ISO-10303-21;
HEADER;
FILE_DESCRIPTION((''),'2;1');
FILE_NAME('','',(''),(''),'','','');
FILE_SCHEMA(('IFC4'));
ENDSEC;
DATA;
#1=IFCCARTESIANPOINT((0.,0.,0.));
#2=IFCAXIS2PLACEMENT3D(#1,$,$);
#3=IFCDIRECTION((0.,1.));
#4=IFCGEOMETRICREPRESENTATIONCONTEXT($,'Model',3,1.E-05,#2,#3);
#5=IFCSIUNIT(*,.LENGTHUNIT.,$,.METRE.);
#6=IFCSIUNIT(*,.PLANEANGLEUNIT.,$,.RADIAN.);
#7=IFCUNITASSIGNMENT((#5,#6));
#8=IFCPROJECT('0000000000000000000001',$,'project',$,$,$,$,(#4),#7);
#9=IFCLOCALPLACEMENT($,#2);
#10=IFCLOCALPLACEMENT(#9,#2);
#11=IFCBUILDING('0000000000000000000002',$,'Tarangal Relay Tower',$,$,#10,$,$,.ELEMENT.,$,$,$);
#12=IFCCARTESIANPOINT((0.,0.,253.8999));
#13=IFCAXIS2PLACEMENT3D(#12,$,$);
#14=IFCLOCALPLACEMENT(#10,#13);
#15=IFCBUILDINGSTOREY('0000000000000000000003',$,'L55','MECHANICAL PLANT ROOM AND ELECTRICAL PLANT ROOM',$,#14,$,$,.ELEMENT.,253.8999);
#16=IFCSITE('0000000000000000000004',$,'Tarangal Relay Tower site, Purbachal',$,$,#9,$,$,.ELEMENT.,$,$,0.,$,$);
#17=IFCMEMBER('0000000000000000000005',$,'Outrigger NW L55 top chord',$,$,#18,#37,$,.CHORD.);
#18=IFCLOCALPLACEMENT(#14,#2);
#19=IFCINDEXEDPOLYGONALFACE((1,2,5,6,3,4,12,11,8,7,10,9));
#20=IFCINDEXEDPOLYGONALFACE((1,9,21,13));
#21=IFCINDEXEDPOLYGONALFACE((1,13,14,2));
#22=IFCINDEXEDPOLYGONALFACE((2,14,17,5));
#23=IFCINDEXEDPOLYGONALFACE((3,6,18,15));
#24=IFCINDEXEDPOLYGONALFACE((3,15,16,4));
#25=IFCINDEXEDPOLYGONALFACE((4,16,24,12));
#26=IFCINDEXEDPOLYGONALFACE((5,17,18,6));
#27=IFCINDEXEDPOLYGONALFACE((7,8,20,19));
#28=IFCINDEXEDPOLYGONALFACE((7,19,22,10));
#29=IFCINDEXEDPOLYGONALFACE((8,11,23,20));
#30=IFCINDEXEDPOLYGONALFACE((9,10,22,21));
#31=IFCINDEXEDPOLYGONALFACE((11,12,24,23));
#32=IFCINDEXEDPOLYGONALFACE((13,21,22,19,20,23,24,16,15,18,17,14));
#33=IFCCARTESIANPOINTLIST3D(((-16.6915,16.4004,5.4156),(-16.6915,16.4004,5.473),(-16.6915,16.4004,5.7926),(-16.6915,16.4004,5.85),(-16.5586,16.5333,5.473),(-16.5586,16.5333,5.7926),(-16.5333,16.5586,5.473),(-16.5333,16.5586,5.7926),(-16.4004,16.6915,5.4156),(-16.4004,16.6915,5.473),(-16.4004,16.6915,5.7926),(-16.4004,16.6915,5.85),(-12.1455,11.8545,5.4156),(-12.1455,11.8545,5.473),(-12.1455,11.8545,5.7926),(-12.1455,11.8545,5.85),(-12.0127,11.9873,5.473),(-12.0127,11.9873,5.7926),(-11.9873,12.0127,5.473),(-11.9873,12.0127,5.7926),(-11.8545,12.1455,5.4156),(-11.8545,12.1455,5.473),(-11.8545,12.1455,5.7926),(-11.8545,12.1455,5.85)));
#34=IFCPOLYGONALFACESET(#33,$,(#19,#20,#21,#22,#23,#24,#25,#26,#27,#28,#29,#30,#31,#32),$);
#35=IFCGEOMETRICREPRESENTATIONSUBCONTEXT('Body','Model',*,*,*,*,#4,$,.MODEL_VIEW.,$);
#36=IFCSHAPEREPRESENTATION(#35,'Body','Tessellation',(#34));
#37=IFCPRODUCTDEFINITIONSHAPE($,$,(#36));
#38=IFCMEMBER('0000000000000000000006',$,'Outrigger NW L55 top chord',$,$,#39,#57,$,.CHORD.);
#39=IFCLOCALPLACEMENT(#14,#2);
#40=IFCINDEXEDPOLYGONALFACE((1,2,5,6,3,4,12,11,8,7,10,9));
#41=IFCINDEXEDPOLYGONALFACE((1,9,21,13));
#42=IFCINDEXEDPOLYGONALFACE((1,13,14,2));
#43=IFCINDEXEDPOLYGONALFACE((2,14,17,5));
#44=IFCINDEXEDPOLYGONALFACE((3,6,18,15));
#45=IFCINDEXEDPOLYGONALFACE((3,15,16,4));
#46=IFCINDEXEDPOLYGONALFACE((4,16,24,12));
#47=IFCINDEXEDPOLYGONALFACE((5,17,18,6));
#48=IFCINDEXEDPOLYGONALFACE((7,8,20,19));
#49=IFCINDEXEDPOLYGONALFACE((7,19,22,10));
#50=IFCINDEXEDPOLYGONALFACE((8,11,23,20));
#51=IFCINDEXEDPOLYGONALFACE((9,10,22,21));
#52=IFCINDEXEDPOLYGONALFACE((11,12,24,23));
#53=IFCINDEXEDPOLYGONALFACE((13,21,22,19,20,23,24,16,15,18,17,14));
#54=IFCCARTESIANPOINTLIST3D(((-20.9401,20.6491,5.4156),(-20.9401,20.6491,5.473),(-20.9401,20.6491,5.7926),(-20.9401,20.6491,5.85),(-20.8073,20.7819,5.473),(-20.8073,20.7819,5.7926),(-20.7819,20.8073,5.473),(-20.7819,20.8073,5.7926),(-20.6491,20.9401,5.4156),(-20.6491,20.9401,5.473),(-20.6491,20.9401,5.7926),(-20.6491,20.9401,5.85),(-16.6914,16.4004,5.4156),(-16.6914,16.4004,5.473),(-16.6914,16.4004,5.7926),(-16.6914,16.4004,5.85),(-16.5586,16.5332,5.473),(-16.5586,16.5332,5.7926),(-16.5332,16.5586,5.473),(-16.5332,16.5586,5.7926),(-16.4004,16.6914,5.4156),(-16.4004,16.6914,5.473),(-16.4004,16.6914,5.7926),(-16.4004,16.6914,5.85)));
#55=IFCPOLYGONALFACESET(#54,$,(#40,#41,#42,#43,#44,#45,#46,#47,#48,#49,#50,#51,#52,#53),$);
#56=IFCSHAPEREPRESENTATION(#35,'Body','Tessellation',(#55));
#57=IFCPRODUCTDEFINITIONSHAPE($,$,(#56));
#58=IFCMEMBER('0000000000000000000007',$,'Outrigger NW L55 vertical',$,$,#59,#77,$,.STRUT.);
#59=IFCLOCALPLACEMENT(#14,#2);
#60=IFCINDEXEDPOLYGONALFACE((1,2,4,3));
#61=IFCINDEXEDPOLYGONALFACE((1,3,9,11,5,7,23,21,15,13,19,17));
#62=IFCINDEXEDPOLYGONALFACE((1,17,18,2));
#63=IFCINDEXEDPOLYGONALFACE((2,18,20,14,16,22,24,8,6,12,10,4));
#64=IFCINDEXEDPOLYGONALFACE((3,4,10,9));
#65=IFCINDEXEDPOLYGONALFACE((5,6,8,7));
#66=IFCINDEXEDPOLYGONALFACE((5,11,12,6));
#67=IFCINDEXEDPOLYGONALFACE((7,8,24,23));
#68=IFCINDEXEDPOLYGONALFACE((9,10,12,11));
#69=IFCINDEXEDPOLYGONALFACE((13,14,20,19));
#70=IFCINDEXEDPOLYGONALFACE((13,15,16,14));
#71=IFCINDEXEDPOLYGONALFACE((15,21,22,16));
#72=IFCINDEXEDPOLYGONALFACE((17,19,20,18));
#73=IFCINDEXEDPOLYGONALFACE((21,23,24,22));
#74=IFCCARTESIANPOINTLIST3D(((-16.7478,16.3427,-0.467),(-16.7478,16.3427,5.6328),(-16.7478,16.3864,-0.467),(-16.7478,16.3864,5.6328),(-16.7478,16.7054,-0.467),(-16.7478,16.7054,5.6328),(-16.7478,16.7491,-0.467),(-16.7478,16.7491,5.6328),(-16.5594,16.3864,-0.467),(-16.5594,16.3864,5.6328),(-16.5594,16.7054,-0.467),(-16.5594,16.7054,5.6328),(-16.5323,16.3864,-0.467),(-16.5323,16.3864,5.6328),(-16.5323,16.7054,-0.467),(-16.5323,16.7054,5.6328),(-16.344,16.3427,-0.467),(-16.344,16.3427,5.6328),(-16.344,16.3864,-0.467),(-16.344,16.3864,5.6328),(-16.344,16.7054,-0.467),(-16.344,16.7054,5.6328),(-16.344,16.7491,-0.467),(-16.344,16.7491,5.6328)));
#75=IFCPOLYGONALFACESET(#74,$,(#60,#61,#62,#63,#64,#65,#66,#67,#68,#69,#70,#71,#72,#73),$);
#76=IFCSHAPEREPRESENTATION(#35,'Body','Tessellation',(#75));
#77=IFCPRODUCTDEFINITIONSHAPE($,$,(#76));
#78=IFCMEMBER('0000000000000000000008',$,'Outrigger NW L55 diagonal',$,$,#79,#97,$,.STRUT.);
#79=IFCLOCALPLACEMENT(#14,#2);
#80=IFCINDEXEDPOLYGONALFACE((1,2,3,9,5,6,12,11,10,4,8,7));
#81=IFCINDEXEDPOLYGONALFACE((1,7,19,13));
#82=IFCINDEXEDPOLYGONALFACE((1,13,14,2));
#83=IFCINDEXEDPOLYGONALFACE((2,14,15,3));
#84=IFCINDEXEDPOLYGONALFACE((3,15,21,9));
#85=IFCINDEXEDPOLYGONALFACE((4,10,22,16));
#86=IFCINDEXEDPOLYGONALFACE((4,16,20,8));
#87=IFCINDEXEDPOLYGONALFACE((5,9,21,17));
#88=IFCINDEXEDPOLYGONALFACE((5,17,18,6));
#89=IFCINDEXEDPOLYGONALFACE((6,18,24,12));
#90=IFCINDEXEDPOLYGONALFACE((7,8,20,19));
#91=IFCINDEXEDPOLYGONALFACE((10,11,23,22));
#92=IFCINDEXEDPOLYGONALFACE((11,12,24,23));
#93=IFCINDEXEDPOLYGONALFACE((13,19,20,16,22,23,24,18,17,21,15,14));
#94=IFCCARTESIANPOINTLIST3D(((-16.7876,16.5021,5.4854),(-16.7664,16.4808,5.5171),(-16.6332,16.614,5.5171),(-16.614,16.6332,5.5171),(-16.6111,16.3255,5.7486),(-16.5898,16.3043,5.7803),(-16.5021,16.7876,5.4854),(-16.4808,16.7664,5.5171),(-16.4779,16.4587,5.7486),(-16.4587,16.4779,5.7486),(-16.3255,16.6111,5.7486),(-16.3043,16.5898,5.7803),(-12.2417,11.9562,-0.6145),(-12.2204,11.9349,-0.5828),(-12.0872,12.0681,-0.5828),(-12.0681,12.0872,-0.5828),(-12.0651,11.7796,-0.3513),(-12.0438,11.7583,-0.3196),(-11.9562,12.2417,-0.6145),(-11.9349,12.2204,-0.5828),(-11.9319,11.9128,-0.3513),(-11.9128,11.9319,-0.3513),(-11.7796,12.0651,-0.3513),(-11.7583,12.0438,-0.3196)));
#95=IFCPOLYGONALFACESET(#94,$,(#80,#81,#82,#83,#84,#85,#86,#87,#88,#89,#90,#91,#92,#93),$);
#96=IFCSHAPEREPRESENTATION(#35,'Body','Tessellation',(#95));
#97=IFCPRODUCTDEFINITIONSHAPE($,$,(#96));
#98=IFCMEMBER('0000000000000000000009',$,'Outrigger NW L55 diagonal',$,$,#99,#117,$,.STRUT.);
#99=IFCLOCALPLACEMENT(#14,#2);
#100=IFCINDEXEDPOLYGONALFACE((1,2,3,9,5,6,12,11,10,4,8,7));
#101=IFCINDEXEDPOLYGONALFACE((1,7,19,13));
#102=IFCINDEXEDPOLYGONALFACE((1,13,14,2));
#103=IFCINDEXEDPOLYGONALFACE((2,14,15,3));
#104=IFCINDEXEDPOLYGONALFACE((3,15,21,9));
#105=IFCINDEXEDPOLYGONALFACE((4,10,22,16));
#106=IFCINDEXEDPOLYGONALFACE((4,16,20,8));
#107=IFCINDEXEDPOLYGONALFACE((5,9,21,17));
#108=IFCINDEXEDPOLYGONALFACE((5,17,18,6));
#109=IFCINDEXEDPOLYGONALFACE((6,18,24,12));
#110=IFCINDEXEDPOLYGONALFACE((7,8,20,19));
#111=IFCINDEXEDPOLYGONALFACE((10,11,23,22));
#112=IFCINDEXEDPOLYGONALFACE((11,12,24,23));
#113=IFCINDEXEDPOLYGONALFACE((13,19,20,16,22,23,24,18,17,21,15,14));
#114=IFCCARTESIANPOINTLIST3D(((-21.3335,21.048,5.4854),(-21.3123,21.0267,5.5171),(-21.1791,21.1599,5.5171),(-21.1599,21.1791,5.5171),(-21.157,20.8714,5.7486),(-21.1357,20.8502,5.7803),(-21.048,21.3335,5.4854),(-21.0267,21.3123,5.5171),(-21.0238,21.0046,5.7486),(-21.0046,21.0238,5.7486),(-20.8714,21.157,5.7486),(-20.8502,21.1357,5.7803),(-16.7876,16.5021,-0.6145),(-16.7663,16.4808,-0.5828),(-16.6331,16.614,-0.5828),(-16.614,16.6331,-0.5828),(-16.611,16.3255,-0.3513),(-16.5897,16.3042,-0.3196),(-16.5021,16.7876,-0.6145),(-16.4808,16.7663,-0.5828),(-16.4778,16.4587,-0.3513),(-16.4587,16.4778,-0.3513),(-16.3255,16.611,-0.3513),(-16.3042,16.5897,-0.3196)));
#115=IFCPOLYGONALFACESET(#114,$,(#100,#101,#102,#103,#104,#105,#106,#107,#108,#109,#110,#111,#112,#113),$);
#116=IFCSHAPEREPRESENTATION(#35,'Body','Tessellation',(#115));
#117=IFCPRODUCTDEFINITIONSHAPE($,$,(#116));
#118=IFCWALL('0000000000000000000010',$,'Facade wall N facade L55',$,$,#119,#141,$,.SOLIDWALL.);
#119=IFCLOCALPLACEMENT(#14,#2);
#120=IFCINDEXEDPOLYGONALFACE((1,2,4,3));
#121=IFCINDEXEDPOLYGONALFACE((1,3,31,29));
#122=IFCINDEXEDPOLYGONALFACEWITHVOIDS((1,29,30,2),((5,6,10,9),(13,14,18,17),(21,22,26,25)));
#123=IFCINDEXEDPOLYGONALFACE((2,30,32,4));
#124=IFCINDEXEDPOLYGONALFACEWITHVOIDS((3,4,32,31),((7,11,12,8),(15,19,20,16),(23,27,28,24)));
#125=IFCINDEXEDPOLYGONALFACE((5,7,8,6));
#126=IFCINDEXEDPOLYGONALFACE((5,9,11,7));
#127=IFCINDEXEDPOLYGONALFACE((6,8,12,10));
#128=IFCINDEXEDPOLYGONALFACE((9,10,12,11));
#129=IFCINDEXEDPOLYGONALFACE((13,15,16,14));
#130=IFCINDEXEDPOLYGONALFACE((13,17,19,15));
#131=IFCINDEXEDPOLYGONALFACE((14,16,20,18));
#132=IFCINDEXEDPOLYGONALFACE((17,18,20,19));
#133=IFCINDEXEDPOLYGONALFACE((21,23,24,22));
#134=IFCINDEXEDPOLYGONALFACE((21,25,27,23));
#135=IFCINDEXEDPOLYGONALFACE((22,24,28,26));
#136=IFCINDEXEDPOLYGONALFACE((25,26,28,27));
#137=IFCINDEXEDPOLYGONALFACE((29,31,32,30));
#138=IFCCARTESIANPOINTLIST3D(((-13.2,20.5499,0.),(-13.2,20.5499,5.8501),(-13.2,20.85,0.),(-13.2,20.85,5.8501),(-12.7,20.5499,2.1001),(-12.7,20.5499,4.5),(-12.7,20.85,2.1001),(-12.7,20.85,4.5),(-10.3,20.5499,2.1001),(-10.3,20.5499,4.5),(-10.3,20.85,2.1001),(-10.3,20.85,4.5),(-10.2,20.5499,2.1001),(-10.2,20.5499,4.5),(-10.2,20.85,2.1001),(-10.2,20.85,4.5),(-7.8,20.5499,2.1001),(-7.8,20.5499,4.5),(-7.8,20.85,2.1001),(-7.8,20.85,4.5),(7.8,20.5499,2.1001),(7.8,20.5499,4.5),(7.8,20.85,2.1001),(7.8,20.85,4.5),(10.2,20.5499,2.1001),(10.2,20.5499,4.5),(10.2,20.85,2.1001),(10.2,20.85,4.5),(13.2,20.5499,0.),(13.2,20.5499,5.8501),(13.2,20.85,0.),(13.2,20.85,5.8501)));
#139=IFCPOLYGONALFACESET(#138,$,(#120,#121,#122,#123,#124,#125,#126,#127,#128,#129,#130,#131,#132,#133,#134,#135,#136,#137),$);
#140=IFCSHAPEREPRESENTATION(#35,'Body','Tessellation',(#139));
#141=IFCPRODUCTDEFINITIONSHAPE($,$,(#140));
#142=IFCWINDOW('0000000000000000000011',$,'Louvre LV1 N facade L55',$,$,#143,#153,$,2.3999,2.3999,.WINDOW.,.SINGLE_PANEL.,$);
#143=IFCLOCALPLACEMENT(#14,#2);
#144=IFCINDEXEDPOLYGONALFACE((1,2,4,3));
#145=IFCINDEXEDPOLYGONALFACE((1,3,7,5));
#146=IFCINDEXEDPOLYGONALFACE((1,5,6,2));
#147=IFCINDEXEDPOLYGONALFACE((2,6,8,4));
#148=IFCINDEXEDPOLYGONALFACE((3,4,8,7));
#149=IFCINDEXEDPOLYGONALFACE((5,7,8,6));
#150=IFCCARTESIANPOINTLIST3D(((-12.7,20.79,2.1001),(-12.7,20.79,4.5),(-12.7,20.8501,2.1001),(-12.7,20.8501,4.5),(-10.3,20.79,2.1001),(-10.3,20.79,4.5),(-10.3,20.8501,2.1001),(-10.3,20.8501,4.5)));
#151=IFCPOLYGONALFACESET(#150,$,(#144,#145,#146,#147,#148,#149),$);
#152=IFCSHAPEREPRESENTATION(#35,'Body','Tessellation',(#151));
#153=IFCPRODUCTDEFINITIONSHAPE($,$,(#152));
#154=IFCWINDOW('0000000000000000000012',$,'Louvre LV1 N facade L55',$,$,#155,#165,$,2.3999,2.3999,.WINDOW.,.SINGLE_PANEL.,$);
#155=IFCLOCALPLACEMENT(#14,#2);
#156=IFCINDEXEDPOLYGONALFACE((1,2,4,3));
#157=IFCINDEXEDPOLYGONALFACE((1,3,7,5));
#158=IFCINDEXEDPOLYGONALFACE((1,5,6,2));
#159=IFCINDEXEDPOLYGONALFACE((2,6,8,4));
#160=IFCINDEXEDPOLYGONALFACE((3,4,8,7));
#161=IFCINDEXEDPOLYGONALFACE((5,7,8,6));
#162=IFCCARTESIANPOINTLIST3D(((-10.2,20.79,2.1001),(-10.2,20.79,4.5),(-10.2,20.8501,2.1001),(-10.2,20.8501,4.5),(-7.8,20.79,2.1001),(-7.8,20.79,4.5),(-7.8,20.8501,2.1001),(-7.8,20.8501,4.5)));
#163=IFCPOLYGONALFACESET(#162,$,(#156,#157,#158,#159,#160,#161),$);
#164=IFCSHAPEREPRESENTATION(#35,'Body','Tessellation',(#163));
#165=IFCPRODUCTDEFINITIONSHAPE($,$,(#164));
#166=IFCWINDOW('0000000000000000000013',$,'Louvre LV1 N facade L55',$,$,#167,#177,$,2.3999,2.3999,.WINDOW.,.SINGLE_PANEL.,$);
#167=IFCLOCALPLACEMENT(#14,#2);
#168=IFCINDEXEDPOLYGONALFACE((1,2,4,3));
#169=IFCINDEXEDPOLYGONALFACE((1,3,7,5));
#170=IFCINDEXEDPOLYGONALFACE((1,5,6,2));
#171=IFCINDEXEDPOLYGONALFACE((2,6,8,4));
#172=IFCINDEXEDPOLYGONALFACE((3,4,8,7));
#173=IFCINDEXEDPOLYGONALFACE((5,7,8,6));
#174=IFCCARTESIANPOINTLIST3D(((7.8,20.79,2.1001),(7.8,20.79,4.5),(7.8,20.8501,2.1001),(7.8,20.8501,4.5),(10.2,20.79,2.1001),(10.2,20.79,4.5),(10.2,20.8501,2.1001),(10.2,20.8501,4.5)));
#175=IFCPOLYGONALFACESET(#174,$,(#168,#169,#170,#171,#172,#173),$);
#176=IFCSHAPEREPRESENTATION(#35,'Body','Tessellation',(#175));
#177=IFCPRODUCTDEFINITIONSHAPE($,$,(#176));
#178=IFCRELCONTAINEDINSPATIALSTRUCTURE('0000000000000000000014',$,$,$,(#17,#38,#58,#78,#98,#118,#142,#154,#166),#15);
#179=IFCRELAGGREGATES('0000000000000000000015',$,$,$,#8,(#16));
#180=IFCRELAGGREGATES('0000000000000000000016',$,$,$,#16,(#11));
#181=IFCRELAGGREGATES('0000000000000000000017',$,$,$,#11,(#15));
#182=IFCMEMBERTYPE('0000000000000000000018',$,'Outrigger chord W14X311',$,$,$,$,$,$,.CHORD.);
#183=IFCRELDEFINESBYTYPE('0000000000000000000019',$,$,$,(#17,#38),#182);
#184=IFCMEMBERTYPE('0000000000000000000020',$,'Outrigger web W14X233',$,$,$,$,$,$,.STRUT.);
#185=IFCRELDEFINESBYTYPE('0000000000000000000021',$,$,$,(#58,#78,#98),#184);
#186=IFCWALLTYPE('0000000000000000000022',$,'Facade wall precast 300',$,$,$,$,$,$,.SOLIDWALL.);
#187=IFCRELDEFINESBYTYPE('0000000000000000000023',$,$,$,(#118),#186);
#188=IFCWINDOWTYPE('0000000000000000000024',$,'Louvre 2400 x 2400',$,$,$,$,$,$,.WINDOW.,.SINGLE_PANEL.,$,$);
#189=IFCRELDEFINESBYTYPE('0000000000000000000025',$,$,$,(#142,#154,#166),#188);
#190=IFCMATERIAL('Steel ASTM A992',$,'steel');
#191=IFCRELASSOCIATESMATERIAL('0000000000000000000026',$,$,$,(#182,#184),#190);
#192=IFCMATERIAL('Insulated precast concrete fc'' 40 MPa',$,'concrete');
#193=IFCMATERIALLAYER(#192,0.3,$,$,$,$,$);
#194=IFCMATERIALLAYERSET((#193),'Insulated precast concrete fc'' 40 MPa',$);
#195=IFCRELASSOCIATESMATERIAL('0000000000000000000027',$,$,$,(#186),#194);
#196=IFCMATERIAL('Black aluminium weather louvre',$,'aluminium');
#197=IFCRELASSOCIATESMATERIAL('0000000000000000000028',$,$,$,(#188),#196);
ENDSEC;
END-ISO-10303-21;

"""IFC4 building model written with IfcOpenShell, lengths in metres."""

from ifc_helpers import new_model, si_unit, direction, frame, frame_2d, origin, origin_2d, place, context, subcontext, project, spatial, rectangle, i_section, extrude, clip, halfspace, material, layer, layer_set, material_profile, profile_set, type_object, element, fill, save


model = new_model("IFC4")

# Units and contexts
model_context = context("Model", 3, precision=1e-05, world=origin(), true_north=direction((0.0, 1.0)))
body_context = subcontext(model_context, "Body", "Model", "MODEL_VIEW")
ifc_project = project(units=[si_unit("LENGTHUNIT", "METRE"), si_unit("PLANEANGLEUNIT", "RADIAN")], contexts=[model_context])

# Site, building, storey
site_placement = place(None, origin())
site = spatial("IfcSite", under=ifc_project, at=site_placement, Name="Tarangal Relay Tower site, Purbachal", CompositionType="ELEMENT", RefElevation=0.0)
building_placement = place(site_placement, origin())
building = spatial("IfcBuilding", under=site, at=building_placement, Name="Tarangal Relay Tower", CompositionType="ELEMENT")
storey_placement = place(building_placement, frame((0.0, 0.0, 253.8999)))
storey = spatial("IfcBuildingStorey", under=building, at=storey_placement, Name="L55", Description="MECHANICAL PLANT ROOM AND ELECTRICAL PLANT ROOM", CompositionType="ELEMENT", Elevation=253.8999)

# Shared definitions
ifc_material_1 = material(Name="Steel ASTM A992", Category="steel")

# Members
ifc_material_profile_1 = material_profile(ifc_material_1, i_section(OverallWidth=0.4116, OverallDepth=0.4343, WebThickness=0.0359, FlangeThickness=0.0574, at=origin_2d()), Name="W14X311")
ifc_profile_set_1 = profile_set([ifc_material_profile_1], Name="Steel ASTM A992")
member_type_1 = type_object("IfcMemberType", Name="Outrigger chord W14X311", PredefinedType="CHORD", material=ifc_profile_set_1)
member_1_placement = place(storey_placement, frame((-12.0, 12.0, 5.6328), z_axis=(-0.707107, 0.707107, 0.0), x_axis=(-0.707107, -0.707107, 0.0)))
element("IfcMember", 1, at=member_1_placement, inside=storey, type_object=member_type_1, Name="Outrigger NW L55 top chord", PredefinedType="CHORD", context=body_context, shape_type="SweptSolid", body=[
    extrude(i_section(OverallWidth=0.4116, OverallDepth=0.4343, WebThickness=0.0359, FlangeThickness=0.0574, at=origin_2d()), origin(), (0.0, 0.0, 1.0), 6.429),
])
member_2_placement = place(storey_placement, frame((-16.5459, 16.5459, 5.6328), z_axis=(-0.707107, 0.707107, 0.0), x_axis=(-0.707107, -0.707107, 0.0)))
element("IfcMember", 2, at=member_2_placement, inside=storey, type_object=member_type_1, Name="Outrigger NW L55 top chord", PredefinedType="CHORD", context=body_context, shape_type="Clipping", body=[
    clip(extrude(i_section(OverallWidth=0.4116, OverallDepth=0.4343, WebThickness=0.0359, FlangeThickness=0.0574, at=origin_2d()), origin(), (0.0, 0.0, 1.0), 6.429), halfspace(frame((0.0, 0.0, 6.0085)), False)),
])
ifc_material_profile_2 = material_profile(ifc_material_1, i_section(OverallWidth=0.4038, OverallDepth=0.4065, WebThickness=0.0271, FlangeThickness=0.0437, at=origin_2d()), Name="W14X233")
ifc_profile_set_2 = profile_set([ifc_material_profile_2], Name="Steel ASTM A992")
member_type_2 = type_object("IfcMemberType", Name="Outrigger web W14X233", PredefinedType="STRUT", material=ifc_profile_set_2)
member_3_placement = place(storey_placement, frame((-16.5459, 16.5459, -0.467), z_axis=(0.0, 0.0, 1.0), x_axis=(1.0, 0.0, 0.0)))
element("IfcMember", 3, at=member_3_placement, inside=storey, type_object=member_type_2, Name="Outrigger NW L55 vertical", PredefinedType="STRUT", context=body_context, shape_type="SweptSolid", body=[
    extrude(i_section(OverallWidth=0.4038, OverallDepth=0.4065, WebThickness=0.0271, FlangeThickness=0.0437, at=origin_2d()), origin(), (0.0, 0.0, 1.0), 6.0999),
])
for number, where, z_axis, x_axis, name in (
    (4, (-12.0, 12.0, -0.467), (-0.512954, 0.512954, 0.6883), (-0.707107, -0.707107, 0.0), "Outrigger NW L55 diagonal"),
    (5, (-16.5459, 16.5459, -0.467), (-0.512954, 0.512954, 0.6883), (-0.707107, -0.707107, 0.0), "Outrigger NW L55 diagonal"),
):
    element("IfcMember", number, at=place(storey_placement, frame(where, z_axis=z_axis, x_axis=x_axis)), inside=storey, type_object=member_type_2, Name=name, PredefinedType="STRUT", context=body_context, shape_type="SweptSolid", body=[
        extrude(i_section(OverallWidth=0.4038, OverallDepth=0.4065, WebThickness=0.0271, FlangeThickness=0.0437, at=origin_2d()), origin(), (0.0, 0.0, 1.0), 8.8623),
    ])

# Wall, openings, windows
ifc_material_2 = material(Name="Insulated precast concrete fc' 40 MPa", Category="concrete")
ifc_layer_1 = layer(ifc_material_2, 0.3)
ifc_layer_set_1 = layer_set([ifc_layer_1], Name="Insulated precast concrete fc' 40 MPa")
wall_type_1 = type_object("IfcWallType", Name="Facade wall precast 300", PredefinedType="SOLIDWALL", material=ifc_layer_set_1)
wall_1_placement = place(storey_placement, frame((-13.2, 20.7, 0.0), z_axis=(0.0, 0.0, 1.0), x_axis=(1.0, 0.0, 0.0)))
wall_1 = element("IfcWall", 6, at=wall_1_placement, inside=storey, type_object=wall_type_1, Name="Facade wall N facade L55", PredefinedType="SOLIDWALL", context=body_context, shape_type="SweptSolid", body=[
    extrude(rectangle(XDim=26.3999, YDim=0.3, at=frame_2d((13.2, 0.0))), origin(), (0.0, 0.0, 1.0), 5.8501),
])
opening_1_placement = place(wall_1_placement, frame((0.5, 0.0, 2.1001)))
opening_1 = element("IfcOpeningElement", 7, at=opening_1_placement, cuts=wall_1, PredefinedType="OPENING", context=body_context, shape_type="SweptSolid", body=[
    extrude(rectangle(XDim=2.3999, YDim=2.3999, at=frame_2d((1.2, 1.2))), frame((0.0, 0.1599, 0.0), z_axis=(0.0, -1.0, 0.0), x_axis=(1.0, 0.0, 0.0)), (0.0, 0.0, 1.0), 0.3201),
])
opening_2_placement = place(wall_1_placement, frame((3.0, 0.0, 2.1001)))
opening_2 = element("IfcOpeningElement", 8, at=opening_2_placement, cuts=wall_1, PredefinedType="OPENING", context=body_context, shape_type="SweptSolid", body=[
    extrude(rectangle(XDim=2.3999, YDim=2.3999, at=frame_2d((1.2, 1.2))), frame((0.0, 0.1599, 0.0), z_axis=(0.0, -1.0, 0.0), x_axis=(1.0, 0.0, 0.0)), (0.0, 0.0, 1.0), 0.3201),
])
opening_3_placement = place(wall_1_placement, frame((21.0, 0.0, 2.1001)))
opening_3 = element("IfcOpeningElement", 9, at=opening_3_placement, cuts=wall_1, PredefinedType="OPENING", context=body_context, shape_type="SweptSolid", body=[
    extrude(rectangle(XDim=2.3999, YDim=2.3999, at=frame_2d((1.2, 1.2))), frame((0.0, 0.1599, 0.0), z_axis=(0.0, -1.0, 0.0), x_axis=(1.0, 0.0, 0.0)), (0.0, 0.0, 1.0), 0.3201),
])
ifc_material_3 = material(Name="Black aluminium weather louvre", Category="aluminium")
window_type = type_object("IfcWindowType", Name="Louvre 2400 x 2400", PartitioningType="SINGLE_PANEL", PredefinedType="WINDOW", material=ifc_material_3)
window_1_placement = place(opening_1_placement, origin())
window_1 = element("IfcWindow", 10, at=window_1_placement, inside=storey, type_object=window_type, Name="Louvre LV1 N facade L55", OverallHeight=2.3999, OverallWidth=2.3999, PartitioningType="SINGLE_PANEL", PredefinedType="WINDOW", context=body_context, shape_type="SweptSolid", body=[
    extrude(rectangle(XDim=2.3999, YDim=2.3999, at=frame_2d((1.2, 1.2))), frame((0.0, 0.1501, 0.0), z_axis=(0.0, -1.0, 0.0), x_axis=(1.0, 0.0, 0.0)), (0.0, 0.0, 1.0), 0.0601),
])
fill(opening_1, window_1)
window_2_placement = place(opening_2_placement, origin())
window_2 = element("IfcWindow", 11, at=window_2_placement, inside=storey, type_object=window_type, Name="Louvre LV1 N facade L55", OverallHeight=2.3999, OverallWidth=2.3999, PartitioningType="SINGLE_PANEL", PredefinedType="WINDOW", context=body_context, shape_type="SweptSolid", body=[
    extrude(rectangle(XDim=2.3999, YDim=2.3999, at=frame_2d((1.2, 1.2))), frame((0.0, 0.1501, 0.0), z_axis=(0.0, -1.0, 0.0), x_axis=(1.0, 0.0, 0.0)), (0.0, 0.0, 1.0), 0.0601),
])
fill(opening_2, window_2)
window_3_placement = place(opening_3_placement, origin())
window_3 = element("IfcWindow", 12, at=window_3_placement, inside=storey, type_object=window_type, Name="Louvre LV1 N facade L55", OverallHeight=2.3999, OverallWidth=2.3999, PartitioningType="SINGLE_PANEL", PredefinedType="WINDOW", context=body_context, shape_type="SweptSolid", body=[
    extrude(rectangle(XDim=2.3999, YDim=2.3999, at=frame_2d((1.2, 1.2))), frame((0.0, 0.1501, 0.0), z_axis=(0.0, -1.0, 0.0), x_axis=(1.0, 0.0, 0.0)), (0.0, 0.0, 1.0), 0.0601),
])
fill(opening_3, window_3)

save(model, "model.ifc")
